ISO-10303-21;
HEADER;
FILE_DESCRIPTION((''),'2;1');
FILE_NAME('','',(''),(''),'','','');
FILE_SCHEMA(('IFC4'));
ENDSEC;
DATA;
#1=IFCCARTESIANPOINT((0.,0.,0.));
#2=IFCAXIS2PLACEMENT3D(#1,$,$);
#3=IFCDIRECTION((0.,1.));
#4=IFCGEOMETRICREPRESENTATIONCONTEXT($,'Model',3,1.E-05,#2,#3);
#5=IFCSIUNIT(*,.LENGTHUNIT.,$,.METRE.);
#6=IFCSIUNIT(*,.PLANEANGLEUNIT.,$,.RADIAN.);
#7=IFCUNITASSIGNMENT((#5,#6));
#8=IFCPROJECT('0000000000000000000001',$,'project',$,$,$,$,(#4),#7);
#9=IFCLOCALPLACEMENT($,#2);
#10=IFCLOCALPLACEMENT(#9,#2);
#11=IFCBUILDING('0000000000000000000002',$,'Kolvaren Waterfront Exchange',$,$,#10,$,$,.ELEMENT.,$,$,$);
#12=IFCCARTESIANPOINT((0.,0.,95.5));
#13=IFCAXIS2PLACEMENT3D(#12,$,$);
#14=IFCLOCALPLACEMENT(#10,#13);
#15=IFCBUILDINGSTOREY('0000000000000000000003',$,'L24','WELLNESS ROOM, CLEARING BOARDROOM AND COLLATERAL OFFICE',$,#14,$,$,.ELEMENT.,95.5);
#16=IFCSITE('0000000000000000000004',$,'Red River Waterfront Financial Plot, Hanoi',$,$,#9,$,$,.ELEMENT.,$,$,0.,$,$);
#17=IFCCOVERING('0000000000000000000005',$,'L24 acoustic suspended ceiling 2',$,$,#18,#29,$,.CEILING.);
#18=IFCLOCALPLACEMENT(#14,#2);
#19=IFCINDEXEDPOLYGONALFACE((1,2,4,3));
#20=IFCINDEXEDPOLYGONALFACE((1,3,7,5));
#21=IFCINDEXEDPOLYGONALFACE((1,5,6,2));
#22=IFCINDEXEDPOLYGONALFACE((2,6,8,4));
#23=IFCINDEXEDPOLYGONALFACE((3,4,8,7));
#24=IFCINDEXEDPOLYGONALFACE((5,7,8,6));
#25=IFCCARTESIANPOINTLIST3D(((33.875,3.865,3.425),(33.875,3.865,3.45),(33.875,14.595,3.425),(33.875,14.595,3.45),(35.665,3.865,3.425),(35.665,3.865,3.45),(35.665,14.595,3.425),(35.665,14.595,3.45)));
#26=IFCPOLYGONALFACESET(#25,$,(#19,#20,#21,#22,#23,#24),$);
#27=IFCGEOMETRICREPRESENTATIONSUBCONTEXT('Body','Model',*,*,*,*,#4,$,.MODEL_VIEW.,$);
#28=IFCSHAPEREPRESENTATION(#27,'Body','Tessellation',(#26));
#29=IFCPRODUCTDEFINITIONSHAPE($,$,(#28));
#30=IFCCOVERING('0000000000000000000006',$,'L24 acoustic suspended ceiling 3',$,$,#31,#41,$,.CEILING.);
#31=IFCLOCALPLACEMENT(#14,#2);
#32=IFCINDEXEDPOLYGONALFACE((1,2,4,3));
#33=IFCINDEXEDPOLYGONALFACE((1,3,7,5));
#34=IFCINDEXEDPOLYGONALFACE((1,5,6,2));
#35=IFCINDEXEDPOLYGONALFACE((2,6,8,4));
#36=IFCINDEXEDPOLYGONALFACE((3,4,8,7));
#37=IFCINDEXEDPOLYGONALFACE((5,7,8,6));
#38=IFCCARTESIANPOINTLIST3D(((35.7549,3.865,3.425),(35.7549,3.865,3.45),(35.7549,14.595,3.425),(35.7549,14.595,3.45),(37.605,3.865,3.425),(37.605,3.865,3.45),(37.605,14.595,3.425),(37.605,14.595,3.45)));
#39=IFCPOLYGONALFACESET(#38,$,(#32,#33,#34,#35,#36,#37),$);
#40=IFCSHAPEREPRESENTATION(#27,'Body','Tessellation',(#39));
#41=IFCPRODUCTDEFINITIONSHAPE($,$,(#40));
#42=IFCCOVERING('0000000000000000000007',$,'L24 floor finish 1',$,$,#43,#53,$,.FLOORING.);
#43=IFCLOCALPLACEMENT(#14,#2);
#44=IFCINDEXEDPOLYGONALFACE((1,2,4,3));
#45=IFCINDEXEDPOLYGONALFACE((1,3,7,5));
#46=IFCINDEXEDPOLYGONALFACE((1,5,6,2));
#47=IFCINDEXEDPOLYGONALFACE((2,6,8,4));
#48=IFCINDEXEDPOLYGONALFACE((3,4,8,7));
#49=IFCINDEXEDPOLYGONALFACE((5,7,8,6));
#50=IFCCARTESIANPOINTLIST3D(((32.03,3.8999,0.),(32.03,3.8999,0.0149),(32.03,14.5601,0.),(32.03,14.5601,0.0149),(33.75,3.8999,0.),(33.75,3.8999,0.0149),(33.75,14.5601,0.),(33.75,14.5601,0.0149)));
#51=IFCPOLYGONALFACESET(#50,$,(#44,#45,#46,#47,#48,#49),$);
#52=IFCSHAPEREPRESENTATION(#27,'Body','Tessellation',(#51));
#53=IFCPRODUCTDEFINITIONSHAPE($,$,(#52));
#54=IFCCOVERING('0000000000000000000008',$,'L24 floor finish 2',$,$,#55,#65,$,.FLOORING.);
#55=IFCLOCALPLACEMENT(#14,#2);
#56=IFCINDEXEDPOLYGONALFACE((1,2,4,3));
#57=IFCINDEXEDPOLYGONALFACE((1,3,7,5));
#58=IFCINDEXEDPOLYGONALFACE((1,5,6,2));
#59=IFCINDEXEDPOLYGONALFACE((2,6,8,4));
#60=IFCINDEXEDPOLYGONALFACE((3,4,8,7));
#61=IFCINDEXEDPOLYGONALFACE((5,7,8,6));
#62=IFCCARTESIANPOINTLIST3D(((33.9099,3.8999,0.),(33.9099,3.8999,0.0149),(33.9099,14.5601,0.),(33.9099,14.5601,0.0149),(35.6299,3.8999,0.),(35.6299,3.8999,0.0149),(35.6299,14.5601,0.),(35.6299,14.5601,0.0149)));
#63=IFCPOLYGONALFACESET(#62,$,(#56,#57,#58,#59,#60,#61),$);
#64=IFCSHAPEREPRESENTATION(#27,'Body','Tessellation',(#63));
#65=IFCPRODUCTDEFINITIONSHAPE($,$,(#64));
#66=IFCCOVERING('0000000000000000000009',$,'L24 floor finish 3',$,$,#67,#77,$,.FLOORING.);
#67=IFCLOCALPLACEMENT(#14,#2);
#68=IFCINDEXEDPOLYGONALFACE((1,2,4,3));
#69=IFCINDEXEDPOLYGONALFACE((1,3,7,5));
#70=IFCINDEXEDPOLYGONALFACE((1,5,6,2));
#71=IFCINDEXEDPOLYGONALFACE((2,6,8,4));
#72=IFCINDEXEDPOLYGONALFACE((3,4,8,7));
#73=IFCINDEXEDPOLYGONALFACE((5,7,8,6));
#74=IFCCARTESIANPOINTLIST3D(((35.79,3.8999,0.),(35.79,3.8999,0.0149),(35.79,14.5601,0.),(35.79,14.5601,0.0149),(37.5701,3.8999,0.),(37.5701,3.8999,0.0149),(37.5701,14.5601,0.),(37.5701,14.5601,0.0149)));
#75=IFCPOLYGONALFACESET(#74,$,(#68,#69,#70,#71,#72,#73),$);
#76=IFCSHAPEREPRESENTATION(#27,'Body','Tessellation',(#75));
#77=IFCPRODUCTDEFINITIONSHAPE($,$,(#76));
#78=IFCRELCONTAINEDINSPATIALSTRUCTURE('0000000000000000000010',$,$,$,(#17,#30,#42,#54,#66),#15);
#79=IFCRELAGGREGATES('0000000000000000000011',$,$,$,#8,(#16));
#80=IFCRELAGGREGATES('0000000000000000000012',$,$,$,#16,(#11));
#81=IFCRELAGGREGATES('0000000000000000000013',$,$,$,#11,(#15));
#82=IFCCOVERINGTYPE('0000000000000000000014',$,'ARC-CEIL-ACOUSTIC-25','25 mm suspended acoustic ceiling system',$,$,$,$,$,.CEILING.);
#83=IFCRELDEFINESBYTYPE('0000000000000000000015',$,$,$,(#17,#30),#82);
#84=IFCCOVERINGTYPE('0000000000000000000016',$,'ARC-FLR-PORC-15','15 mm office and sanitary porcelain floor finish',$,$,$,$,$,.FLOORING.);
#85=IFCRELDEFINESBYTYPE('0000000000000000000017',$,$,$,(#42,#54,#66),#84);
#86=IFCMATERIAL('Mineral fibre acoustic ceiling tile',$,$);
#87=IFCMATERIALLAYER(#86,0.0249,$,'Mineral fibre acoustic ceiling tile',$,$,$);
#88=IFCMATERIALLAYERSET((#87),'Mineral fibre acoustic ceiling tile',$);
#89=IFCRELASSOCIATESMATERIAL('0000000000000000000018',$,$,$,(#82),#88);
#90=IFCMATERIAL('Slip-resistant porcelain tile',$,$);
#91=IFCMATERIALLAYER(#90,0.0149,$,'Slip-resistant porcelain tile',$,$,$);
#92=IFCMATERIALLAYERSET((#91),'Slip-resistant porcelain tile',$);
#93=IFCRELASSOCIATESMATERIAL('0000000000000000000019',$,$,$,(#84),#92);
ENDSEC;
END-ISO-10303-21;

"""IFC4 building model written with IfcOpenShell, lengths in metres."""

from ifc_helpers import new_model, si_unit, direction, frame, origin, place, context, subcontext, project, spatial, polyline, outline, extrude, material, layer, layer_set, type_object, element, save


model = new_model("IFC4")

# Units and contexts
model_context = context("Model", 3, precision=1e-05, world=origin(), true_north=direction((0.0, 1.0)))
body_context = subcontext(model_context, "Body", "Model", "MODEL_VIEW")
ifc_project = project(units=[si_unit("LENGTHUNIT", "METRE"), si_unit("PLANEANGLEUNIT", "RADIAN")], contexts=[model_context])

# Site, building, storey
site_placement = place(None, origin())
site = spatial("IfcSite", under=ifc_project, at=site_placement, Name="Red River Waterfront Financial Plot, Hanoi", CompositionType="ELEMENT", RefElevation=0.0)
building_placement = place(site_placement, origin())
building = spatial("IfcBuilding", under=site, at=building_placement, Name="Kolvaren Waterfront Exchange", CompositionType="ELEMENT")
storey_placement = place(building_placement, frame((0.0, 0.0, 95.5)))
storey = spatial("IfcBuildingStorey", under=building, at=storey_placement, Name="L24", Description="WELLNESS ROOM, CLEARING BOARDROOM AND COLLATERAL OFFICE", CompositionType="ELEMENT", Elevation=95.5)

# Coverings
ifc_material_1 = material(Name="Mineral fibre acoustic ceiling tile")
ifc_layer_1 = layer(ifc_material_1, 0.0249, Name="Mineral fibre acoustic ceiling tile")
ifc_layer_set_1 = layer_set([ifc_layer_1], Name="Mineral fibre acoustic ceiling tile")
covering_type_1 = type_object("IfcCoveringType", Name="ARC-CEIL-ACOUSTIC-25", Description="25 mm suspended acoustic ceiling system", PredefinedType="CEILING", material=ifc_layer_set_1)
covering_1_placement = place(storey_placement, frame((0.0, 0.0, 3.425)))
element("IfcCovering", 1, at=covering_1_placement, inside=storey, type_object=covering_type_1, Name="L24 acoustic suspended ceiling 2", PredefinedType="CEILING", context=body_context, shape_type="SweptSolid", body=[
    extrude(outline(polyline([(35.665, 3.865), (35.665, 14.595), (33.875, 14.595), (33.875, 3.865), (35.665, 3.865)])), origin(), (0.0, 0.0, 1.0), 0.0249),
])
covering_2_placement = place(storey_placement, frame((0.0, 0.0, 3.425)))
element("IfcCovering", 2, at=covering_2_placement, inside=storey, type_object=covering_type_1, Name="L24 acoustic suspended ceiling 3", PredefinedType="CEILING", context=body_context, shape_type="SweptSolid", body=[
    extrude(outline(polyline([(37.605, 3.865), (37.605, 14.595), (35.7549, 14.595), (35.7549, 3.865), (37.605, 3.865)])), origin(), (0.0, 0.0, 1.0), 0.0249),
])
ifc_material_2 = material(Name="Slip-resistant porcelain tile")
ifc_layer_2 = layer(ifc_material_2, 0.0149, Name="Slip-resistant porcelain tile")
ifc_layer_set_2 = layer_set([ifc_layer_2], Name="Slip-resistant porcelain tile")
covering_type_2 = type_object("IfcCoveringType", Name="ARC-FLR-PORC-15", Description="15 mm office and sanitary porcelain floor finish", PredefinedType="FLOORING", material=ifc_layer_set_2)
covering_3_placement = place(storey_placement, origin())
element("IfcCovering", 3, at=covering_3_placement, inside=storey, type_object=covering_type_2, Name="L24 floor finish 1", PredefinedType="FLOORING", context=body_context, shape_type="SweptSolid", body=[
    extrude(outline(polyline([(32.03, 14.5601), (32.03, 3.8999), (33.75, 3.8999), (33.75, 14.5601), (32.03, 14.5601)])), origin(), (0.0, 0.0, 1.0), 0.0149),
])
covering_4_placement = place(storey_placement, origin())
element("IfcCovering", 4, at=covering_4_placement, inside=storey, type_object=covering_type_2, Name="L24 floor finish 2", PredefinedType="FLOORING", context=body_context, shape_type="SweptSolid", body=[
    extrude(outline(polyline([(33.9099, 14.5601), (33.9099, 3.8999), (35.6299, 3.8999), (35.6299, 14.5601), (33.9099, 14.5601)])), origin(), (0.0, 0.0, 1.0), 0.0149),
])
covering_5_placement = place(storey_placement, origin())
element("IfcCovering", 5, at=covering_5_placement, inside=storey, type_object=covering_type_2, Name="L24 floor finish 3", PredefinedType="FLOORING", context=body_context, shape_type="SweptSolid", body=[
    extrude(outline(polyline([(35.79, 14.5601), (35.79, 3.8999), (37.5701, 3.8999), (37.5701, 14.5601), (35.79, 14.5601)])), origin(), (0.0, 0.0, 1.0), 0.0149),
])

save(model, "model.ifc")
